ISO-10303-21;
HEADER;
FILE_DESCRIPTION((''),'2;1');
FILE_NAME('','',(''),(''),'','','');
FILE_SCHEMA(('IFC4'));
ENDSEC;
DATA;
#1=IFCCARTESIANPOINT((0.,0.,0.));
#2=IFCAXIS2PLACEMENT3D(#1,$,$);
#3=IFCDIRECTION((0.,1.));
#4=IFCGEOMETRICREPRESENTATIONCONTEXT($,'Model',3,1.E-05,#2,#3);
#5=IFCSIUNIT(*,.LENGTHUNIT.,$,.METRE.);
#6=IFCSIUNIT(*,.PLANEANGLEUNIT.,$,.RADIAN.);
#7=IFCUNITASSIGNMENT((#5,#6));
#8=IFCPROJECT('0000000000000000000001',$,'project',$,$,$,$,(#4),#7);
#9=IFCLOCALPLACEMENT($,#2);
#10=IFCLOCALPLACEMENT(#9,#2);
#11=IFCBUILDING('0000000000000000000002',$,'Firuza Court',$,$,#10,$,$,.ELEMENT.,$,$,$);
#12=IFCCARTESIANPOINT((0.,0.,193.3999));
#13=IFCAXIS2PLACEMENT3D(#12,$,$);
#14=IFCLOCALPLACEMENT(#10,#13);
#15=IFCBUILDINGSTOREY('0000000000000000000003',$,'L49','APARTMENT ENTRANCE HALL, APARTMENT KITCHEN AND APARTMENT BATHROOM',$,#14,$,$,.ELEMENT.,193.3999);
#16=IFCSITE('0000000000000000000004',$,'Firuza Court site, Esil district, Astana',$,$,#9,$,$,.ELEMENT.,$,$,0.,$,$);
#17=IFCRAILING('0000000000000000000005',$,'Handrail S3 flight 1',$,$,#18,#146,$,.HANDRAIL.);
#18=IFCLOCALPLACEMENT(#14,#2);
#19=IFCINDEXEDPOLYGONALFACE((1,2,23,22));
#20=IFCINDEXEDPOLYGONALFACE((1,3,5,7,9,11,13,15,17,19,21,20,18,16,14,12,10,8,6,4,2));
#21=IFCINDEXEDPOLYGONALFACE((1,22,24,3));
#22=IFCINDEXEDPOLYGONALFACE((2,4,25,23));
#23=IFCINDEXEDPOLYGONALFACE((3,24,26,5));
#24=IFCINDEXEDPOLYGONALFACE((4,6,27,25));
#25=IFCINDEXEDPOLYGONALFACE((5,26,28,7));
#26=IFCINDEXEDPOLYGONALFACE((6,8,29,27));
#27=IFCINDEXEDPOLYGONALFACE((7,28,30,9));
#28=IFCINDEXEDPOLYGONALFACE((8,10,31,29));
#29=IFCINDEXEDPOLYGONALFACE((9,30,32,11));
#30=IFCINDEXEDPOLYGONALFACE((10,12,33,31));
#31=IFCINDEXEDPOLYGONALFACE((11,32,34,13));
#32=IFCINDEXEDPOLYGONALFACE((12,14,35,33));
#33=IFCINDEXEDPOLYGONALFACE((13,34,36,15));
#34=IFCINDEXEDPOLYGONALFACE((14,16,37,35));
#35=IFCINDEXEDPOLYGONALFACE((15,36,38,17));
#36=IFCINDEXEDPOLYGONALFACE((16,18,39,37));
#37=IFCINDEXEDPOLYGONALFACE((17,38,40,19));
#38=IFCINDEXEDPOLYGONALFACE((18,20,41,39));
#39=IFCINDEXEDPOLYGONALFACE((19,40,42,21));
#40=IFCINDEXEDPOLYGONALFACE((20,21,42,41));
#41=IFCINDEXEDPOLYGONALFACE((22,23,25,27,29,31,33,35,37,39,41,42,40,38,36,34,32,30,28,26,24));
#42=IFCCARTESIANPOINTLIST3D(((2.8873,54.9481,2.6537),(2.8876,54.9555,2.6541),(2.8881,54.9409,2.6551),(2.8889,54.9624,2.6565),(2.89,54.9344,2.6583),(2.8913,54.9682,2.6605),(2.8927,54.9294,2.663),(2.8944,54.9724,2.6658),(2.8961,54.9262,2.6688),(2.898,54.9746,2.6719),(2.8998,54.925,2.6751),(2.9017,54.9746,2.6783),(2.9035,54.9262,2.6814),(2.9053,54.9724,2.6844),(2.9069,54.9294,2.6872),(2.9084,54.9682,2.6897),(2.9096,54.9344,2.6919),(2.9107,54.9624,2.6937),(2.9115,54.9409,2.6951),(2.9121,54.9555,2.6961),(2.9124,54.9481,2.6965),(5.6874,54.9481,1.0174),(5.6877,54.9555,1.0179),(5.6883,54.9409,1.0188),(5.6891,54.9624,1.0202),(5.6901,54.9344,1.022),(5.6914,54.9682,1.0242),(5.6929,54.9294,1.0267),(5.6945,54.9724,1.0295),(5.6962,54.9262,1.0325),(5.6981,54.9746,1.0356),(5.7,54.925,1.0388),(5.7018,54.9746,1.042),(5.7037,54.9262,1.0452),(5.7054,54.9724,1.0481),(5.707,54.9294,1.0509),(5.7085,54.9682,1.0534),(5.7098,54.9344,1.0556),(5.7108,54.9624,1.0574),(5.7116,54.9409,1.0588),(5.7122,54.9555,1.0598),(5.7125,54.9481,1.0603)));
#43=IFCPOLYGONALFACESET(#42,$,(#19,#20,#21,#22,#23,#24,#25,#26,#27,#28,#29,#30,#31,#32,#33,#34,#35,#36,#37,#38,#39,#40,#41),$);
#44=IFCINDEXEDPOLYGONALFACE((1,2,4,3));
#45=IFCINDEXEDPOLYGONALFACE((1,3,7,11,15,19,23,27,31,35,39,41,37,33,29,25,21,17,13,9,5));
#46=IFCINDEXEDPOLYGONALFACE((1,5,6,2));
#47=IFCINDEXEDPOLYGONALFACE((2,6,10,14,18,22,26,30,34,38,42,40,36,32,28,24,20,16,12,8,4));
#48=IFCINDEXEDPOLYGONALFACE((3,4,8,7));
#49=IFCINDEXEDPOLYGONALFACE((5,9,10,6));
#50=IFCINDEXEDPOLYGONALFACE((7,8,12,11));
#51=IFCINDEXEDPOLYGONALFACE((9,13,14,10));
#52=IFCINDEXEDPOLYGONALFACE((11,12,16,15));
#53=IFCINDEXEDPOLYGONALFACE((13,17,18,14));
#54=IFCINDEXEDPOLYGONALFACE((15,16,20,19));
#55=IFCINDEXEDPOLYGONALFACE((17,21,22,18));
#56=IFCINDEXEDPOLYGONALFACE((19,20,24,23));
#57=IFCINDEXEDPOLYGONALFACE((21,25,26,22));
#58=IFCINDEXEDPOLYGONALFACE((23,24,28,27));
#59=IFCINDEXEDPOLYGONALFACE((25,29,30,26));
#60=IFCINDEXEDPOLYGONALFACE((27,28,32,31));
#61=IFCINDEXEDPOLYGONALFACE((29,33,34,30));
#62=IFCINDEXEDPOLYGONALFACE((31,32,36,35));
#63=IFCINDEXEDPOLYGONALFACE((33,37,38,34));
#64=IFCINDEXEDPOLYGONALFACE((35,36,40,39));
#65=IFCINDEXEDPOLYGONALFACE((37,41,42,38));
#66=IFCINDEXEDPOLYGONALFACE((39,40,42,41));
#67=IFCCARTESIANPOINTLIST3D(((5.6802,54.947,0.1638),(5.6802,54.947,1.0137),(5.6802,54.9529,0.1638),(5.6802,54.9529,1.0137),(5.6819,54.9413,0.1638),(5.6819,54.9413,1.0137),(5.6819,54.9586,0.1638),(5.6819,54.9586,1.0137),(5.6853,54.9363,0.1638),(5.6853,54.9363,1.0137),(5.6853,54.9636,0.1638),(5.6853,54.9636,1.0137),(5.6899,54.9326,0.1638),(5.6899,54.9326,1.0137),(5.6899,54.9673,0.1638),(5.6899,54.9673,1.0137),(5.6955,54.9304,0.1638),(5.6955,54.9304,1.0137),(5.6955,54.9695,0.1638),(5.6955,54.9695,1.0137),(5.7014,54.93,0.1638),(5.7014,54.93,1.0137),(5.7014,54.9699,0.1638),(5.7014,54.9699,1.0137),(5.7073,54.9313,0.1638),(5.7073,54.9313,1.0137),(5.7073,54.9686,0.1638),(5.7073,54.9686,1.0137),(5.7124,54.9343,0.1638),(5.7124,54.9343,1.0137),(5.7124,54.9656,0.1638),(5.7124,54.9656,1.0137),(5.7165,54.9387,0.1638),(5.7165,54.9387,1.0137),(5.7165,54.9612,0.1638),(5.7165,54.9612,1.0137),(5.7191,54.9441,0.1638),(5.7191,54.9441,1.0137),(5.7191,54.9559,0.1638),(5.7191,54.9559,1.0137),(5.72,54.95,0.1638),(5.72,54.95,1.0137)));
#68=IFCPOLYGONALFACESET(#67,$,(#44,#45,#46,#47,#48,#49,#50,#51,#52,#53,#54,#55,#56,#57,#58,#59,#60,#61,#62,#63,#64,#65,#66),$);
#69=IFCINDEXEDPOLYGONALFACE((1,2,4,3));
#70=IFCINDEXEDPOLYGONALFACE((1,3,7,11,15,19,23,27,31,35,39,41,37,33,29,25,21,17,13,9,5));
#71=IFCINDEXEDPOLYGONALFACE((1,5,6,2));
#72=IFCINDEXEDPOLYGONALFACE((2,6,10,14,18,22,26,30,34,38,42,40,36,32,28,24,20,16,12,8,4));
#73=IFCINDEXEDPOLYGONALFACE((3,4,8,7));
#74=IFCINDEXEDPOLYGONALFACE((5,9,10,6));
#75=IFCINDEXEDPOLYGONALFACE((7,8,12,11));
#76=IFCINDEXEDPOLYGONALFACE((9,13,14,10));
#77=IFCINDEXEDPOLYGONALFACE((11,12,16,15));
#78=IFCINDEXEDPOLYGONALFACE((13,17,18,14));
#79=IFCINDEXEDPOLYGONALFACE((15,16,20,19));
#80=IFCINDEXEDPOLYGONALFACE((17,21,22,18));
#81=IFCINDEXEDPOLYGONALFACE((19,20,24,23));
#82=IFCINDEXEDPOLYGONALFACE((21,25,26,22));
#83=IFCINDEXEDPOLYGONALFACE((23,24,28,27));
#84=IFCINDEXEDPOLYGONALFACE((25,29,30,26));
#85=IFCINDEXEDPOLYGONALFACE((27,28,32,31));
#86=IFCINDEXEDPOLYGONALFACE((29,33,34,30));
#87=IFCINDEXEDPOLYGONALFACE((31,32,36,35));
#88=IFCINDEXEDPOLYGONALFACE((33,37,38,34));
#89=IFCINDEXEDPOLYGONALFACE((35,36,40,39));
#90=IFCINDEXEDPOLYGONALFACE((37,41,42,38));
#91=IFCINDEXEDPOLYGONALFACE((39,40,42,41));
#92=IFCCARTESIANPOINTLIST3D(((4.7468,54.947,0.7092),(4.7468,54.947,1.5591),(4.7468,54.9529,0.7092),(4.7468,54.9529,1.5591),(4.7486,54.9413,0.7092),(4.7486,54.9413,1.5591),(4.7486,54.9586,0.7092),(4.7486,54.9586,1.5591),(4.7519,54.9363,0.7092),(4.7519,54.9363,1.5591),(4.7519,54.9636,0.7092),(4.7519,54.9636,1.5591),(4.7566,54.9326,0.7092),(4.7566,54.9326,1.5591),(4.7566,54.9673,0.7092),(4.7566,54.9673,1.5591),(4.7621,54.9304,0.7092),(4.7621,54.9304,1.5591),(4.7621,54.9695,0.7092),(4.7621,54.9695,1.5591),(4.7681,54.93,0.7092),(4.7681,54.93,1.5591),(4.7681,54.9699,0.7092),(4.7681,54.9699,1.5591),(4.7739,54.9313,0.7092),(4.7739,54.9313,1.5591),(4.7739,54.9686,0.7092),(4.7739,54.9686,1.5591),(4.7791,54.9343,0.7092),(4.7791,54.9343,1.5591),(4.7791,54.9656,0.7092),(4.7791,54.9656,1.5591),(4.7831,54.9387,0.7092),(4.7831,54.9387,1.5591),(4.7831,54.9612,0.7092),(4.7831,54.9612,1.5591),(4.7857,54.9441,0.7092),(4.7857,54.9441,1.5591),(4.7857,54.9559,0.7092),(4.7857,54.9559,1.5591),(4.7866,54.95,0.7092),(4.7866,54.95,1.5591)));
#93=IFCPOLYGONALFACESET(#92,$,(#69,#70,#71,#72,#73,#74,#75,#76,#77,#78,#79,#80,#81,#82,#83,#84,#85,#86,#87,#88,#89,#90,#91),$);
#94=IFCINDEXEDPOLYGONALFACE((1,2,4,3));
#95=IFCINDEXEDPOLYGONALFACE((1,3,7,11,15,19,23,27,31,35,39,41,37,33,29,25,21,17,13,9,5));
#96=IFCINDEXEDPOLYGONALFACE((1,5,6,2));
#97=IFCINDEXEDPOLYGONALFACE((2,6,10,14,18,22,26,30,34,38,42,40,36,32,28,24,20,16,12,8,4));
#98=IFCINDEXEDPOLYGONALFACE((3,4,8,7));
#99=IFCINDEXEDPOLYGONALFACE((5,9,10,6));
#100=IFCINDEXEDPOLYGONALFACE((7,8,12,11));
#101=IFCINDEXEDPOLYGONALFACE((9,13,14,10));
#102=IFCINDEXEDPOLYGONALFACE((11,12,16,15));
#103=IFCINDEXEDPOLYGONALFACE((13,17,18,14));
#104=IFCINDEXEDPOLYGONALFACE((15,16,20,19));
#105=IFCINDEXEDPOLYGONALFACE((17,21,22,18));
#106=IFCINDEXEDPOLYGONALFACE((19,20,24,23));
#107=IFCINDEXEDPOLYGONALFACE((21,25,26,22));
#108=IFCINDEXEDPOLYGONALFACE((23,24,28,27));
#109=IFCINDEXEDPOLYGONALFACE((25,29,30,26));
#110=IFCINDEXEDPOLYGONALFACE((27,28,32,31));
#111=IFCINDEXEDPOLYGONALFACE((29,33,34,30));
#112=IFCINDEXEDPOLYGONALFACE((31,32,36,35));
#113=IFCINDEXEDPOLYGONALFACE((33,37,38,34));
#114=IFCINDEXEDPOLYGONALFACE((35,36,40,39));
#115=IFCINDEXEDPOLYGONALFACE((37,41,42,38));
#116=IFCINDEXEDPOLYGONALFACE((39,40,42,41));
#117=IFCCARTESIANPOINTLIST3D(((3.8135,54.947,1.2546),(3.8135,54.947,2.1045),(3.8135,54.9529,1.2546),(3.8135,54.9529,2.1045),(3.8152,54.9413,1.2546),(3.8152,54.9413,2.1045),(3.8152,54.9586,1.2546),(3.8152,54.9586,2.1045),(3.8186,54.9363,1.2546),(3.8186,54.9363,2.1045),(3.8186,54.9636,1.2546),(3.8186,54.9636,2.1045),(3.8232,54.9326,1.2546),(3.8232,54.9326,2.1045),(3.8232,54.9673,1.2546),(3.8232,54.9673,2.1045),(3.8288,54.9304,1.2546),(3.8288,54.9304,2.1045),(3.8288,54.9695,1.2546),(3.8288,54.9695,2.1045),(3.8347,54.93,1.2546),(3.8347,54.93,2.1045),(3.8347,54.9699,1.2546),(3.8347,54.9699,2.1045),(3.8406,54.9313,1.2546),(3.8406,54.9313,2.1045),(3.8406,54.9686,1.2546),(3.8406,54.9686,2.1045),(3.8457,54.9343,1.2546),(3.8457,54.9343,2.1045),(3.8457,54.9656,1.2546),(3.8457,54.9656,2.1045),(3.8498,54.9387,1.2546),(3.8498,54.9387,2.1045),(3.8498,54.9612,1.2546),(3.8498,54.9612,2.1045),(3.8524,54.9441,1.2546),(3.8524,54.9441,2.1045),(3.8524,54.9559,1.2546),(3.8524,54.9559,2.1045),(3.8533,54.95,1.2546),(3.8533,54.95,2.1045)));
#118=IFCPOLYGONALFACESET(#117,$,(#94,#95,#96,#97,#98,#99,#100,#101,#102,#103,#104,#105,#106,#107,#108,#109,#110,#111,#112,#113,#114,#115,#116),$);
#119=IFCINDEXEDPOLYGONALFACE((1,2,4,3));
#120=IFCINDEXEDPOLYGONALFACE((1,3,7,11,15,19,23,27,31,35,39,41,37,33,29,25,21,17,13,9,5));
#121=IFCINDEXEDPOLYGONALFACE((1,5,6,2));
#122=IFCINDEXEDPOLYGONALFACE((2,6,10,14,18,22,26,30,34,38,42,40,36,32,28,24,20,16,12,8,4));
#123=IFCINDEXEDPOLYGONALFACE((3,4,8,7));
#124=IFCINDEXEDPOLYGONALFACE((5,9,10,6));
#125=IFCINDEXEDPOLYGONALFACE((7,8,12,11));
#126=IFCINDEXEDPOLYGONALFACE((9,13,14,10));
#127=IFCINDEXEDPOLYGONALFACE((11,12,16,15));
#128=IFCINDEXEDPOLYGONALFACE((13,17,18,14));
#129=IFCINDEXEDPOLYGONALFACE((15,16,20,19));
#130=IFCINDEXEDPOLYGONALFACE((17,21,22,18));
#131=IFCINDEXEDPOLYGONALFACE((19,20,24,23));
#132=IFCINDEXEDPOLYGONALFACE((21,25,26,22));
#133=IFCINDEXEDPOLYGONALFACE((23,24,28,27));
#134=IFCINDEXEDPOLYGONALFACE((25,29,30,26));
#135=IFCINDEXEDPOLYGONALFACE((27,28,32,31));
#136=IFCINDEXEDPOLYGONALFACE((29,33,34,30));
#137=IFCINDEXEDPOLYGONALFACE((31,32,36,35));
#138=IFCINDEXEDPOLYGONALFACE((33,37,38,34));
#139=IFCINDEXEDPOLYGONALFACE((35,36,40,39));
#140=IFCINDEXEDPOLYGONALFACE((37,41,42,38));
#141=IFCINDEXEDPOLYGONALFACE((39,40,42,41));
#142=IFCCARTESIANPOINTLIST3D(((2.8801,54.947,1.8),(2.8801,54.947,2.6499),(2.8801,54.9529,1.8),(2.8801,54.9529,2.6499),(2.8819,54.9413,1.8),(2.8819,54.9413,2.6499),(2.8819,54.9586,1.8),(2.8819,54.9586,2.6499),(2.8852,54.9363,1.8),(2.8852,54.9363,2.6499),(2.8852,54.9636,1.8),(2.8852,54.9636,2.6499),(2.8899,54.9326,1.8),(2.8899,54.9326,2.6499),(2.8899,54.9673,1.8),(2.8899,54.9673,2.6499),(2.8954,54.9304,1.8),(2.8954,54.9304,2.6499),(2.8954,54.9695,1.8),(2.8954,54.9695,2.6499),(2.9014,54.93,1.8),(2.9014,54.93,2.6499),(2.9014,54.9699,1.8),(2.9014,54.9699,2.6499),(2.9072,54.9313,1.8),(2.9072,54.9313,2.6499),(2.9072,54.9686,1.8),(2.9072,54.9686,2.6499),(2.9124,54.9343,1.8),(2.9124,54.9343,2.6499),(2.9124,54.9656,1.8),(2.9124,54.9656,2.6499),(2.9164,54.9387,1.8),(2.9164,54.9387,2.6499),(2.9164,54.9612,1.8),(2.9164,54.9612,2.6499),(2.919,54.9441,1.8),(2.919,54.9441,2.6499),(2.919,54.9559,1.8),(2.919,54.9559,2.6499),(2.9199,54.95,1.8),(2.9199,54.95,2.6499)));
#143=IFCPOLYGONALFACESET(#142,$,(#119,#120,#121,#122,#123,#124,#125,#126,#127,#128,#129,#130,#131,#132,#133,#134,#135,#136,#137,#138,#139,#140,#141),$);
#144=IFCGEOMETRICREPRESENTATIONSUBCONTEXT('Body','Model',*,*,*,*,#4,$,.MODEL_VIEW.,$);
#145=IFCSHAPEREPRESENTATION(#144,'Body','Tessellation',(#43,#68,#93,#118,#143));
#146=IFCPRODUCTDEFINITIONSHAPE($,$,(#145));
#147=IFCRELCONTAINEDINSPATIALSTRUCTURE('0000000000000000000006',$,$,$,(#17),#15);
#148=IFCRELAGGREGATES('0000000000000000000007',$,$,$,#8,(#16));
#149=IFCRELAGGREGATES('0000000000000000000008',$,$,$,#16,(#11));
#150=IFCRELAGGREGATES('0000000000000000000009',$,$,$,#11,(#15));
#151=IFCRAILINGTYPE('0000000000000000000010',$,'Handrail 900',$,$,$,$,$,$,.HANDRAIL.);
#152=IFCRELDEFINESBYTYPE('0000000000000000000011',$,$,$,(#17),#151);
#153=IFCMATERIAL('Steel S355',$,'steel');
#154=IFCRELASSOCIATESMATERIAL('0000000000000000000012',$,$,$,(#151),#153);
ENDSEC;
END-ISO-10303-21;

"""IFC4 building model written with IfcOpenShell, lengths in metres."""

from ifc_helpers import new_model, si_unit, direction, frame, origin, origin_2d, place, context, subcontext, project, spatial, circle, extrude, material, type_object, element, save


model = new_model("IFC4")

# Units and contexts
model_context = context("Model", 3, precision=1e-05, world=origin(), true_north=direction((0.0, 1.0)))
body_context = subcontext(model_context, "Body", "Model", "MODEL_VIEW")
ifc_project = project(units=[si_unit("LENGTHUNIT", "METRE"), si_unit("PLANEANGLEUNIT", "RADIAN")], contexts=[model_context])

# Site, building, storey
site_placement = place(None, origin())
site = spatial("IfcSite", under=ifc_project, at=site_placement, Name="Firuza Court site, Esil district, Astana", CompositionType="ELEMENT", RefElevation=0.0)
building_placement = place(site_placement, origin())
building = spatial("IfcBuilding", under=site, at=building_placement, Name="Firuza Court", CompositionType="ELEMENT")
storey_placement = place(building_placement, frame((0.0, 0.0, 193.3999)))
storey = spatial("IfcBuildingStorey", under=building, at=storey_placement, Name="L49", Description="APARTMENT ENTRANCE HALL, APARTMENT KITCHEN AND APARTMENT BATHROOM", CompositionType="ELEMENT", Elevation=193.3999)

# Railing
ifc_material_1 = material(Name="Steel S355", Category="steel")
railing_type_1 = type_object("IfcRailingType", Name="Handrail 900", PredefinedType="HANDRAIL", material=ifc_material_1)
railing_1_placement = place(storey_placement, frame((5.7, 54.95, 0.1638)))
element("IfcRailing", 1, at=railing_1_placement, inside=storey, type_object=railing_type_1, Name="Handrail S3 flight 1", PredefinedType="HANDRAIL", context=body_context, shape_type="SweptSolid", body=[
    extrude(circle(Radius=0.0249, at=origin_2d()), frame((0.0, 0.0, 0.875), z_axis=(-0.863394, 0.0, 0.504531), x_axis=(0.0, -1.0, 0.0)), (0.0, 0.0, 1.0), 3.2432),
    extrude(circle(Radius=0.02, at=origin_2d()), origin(), (0.0, 0.0, 1.0), 0.8499),
    extrude(circle(Radius=0.02, at=origin_2d()), frame((-0.9333, 0.0, 0.5454)), (0.0, 0.0, 1.0), 0.8499),
    extrude(circle(Radius=0.02, at=origin_2d()), frame((-1.8667, 0.0, 1.0908)), (0.0, 0.0, 1.0), 0.8499),
    extrude(circle(Radius=0.02, at=origin_2d()), frame((-2.8, 0.0, 1.6362)), (0.0, 0.0, 1.0), 0.8499),
])

save(model, "model.ifc")
